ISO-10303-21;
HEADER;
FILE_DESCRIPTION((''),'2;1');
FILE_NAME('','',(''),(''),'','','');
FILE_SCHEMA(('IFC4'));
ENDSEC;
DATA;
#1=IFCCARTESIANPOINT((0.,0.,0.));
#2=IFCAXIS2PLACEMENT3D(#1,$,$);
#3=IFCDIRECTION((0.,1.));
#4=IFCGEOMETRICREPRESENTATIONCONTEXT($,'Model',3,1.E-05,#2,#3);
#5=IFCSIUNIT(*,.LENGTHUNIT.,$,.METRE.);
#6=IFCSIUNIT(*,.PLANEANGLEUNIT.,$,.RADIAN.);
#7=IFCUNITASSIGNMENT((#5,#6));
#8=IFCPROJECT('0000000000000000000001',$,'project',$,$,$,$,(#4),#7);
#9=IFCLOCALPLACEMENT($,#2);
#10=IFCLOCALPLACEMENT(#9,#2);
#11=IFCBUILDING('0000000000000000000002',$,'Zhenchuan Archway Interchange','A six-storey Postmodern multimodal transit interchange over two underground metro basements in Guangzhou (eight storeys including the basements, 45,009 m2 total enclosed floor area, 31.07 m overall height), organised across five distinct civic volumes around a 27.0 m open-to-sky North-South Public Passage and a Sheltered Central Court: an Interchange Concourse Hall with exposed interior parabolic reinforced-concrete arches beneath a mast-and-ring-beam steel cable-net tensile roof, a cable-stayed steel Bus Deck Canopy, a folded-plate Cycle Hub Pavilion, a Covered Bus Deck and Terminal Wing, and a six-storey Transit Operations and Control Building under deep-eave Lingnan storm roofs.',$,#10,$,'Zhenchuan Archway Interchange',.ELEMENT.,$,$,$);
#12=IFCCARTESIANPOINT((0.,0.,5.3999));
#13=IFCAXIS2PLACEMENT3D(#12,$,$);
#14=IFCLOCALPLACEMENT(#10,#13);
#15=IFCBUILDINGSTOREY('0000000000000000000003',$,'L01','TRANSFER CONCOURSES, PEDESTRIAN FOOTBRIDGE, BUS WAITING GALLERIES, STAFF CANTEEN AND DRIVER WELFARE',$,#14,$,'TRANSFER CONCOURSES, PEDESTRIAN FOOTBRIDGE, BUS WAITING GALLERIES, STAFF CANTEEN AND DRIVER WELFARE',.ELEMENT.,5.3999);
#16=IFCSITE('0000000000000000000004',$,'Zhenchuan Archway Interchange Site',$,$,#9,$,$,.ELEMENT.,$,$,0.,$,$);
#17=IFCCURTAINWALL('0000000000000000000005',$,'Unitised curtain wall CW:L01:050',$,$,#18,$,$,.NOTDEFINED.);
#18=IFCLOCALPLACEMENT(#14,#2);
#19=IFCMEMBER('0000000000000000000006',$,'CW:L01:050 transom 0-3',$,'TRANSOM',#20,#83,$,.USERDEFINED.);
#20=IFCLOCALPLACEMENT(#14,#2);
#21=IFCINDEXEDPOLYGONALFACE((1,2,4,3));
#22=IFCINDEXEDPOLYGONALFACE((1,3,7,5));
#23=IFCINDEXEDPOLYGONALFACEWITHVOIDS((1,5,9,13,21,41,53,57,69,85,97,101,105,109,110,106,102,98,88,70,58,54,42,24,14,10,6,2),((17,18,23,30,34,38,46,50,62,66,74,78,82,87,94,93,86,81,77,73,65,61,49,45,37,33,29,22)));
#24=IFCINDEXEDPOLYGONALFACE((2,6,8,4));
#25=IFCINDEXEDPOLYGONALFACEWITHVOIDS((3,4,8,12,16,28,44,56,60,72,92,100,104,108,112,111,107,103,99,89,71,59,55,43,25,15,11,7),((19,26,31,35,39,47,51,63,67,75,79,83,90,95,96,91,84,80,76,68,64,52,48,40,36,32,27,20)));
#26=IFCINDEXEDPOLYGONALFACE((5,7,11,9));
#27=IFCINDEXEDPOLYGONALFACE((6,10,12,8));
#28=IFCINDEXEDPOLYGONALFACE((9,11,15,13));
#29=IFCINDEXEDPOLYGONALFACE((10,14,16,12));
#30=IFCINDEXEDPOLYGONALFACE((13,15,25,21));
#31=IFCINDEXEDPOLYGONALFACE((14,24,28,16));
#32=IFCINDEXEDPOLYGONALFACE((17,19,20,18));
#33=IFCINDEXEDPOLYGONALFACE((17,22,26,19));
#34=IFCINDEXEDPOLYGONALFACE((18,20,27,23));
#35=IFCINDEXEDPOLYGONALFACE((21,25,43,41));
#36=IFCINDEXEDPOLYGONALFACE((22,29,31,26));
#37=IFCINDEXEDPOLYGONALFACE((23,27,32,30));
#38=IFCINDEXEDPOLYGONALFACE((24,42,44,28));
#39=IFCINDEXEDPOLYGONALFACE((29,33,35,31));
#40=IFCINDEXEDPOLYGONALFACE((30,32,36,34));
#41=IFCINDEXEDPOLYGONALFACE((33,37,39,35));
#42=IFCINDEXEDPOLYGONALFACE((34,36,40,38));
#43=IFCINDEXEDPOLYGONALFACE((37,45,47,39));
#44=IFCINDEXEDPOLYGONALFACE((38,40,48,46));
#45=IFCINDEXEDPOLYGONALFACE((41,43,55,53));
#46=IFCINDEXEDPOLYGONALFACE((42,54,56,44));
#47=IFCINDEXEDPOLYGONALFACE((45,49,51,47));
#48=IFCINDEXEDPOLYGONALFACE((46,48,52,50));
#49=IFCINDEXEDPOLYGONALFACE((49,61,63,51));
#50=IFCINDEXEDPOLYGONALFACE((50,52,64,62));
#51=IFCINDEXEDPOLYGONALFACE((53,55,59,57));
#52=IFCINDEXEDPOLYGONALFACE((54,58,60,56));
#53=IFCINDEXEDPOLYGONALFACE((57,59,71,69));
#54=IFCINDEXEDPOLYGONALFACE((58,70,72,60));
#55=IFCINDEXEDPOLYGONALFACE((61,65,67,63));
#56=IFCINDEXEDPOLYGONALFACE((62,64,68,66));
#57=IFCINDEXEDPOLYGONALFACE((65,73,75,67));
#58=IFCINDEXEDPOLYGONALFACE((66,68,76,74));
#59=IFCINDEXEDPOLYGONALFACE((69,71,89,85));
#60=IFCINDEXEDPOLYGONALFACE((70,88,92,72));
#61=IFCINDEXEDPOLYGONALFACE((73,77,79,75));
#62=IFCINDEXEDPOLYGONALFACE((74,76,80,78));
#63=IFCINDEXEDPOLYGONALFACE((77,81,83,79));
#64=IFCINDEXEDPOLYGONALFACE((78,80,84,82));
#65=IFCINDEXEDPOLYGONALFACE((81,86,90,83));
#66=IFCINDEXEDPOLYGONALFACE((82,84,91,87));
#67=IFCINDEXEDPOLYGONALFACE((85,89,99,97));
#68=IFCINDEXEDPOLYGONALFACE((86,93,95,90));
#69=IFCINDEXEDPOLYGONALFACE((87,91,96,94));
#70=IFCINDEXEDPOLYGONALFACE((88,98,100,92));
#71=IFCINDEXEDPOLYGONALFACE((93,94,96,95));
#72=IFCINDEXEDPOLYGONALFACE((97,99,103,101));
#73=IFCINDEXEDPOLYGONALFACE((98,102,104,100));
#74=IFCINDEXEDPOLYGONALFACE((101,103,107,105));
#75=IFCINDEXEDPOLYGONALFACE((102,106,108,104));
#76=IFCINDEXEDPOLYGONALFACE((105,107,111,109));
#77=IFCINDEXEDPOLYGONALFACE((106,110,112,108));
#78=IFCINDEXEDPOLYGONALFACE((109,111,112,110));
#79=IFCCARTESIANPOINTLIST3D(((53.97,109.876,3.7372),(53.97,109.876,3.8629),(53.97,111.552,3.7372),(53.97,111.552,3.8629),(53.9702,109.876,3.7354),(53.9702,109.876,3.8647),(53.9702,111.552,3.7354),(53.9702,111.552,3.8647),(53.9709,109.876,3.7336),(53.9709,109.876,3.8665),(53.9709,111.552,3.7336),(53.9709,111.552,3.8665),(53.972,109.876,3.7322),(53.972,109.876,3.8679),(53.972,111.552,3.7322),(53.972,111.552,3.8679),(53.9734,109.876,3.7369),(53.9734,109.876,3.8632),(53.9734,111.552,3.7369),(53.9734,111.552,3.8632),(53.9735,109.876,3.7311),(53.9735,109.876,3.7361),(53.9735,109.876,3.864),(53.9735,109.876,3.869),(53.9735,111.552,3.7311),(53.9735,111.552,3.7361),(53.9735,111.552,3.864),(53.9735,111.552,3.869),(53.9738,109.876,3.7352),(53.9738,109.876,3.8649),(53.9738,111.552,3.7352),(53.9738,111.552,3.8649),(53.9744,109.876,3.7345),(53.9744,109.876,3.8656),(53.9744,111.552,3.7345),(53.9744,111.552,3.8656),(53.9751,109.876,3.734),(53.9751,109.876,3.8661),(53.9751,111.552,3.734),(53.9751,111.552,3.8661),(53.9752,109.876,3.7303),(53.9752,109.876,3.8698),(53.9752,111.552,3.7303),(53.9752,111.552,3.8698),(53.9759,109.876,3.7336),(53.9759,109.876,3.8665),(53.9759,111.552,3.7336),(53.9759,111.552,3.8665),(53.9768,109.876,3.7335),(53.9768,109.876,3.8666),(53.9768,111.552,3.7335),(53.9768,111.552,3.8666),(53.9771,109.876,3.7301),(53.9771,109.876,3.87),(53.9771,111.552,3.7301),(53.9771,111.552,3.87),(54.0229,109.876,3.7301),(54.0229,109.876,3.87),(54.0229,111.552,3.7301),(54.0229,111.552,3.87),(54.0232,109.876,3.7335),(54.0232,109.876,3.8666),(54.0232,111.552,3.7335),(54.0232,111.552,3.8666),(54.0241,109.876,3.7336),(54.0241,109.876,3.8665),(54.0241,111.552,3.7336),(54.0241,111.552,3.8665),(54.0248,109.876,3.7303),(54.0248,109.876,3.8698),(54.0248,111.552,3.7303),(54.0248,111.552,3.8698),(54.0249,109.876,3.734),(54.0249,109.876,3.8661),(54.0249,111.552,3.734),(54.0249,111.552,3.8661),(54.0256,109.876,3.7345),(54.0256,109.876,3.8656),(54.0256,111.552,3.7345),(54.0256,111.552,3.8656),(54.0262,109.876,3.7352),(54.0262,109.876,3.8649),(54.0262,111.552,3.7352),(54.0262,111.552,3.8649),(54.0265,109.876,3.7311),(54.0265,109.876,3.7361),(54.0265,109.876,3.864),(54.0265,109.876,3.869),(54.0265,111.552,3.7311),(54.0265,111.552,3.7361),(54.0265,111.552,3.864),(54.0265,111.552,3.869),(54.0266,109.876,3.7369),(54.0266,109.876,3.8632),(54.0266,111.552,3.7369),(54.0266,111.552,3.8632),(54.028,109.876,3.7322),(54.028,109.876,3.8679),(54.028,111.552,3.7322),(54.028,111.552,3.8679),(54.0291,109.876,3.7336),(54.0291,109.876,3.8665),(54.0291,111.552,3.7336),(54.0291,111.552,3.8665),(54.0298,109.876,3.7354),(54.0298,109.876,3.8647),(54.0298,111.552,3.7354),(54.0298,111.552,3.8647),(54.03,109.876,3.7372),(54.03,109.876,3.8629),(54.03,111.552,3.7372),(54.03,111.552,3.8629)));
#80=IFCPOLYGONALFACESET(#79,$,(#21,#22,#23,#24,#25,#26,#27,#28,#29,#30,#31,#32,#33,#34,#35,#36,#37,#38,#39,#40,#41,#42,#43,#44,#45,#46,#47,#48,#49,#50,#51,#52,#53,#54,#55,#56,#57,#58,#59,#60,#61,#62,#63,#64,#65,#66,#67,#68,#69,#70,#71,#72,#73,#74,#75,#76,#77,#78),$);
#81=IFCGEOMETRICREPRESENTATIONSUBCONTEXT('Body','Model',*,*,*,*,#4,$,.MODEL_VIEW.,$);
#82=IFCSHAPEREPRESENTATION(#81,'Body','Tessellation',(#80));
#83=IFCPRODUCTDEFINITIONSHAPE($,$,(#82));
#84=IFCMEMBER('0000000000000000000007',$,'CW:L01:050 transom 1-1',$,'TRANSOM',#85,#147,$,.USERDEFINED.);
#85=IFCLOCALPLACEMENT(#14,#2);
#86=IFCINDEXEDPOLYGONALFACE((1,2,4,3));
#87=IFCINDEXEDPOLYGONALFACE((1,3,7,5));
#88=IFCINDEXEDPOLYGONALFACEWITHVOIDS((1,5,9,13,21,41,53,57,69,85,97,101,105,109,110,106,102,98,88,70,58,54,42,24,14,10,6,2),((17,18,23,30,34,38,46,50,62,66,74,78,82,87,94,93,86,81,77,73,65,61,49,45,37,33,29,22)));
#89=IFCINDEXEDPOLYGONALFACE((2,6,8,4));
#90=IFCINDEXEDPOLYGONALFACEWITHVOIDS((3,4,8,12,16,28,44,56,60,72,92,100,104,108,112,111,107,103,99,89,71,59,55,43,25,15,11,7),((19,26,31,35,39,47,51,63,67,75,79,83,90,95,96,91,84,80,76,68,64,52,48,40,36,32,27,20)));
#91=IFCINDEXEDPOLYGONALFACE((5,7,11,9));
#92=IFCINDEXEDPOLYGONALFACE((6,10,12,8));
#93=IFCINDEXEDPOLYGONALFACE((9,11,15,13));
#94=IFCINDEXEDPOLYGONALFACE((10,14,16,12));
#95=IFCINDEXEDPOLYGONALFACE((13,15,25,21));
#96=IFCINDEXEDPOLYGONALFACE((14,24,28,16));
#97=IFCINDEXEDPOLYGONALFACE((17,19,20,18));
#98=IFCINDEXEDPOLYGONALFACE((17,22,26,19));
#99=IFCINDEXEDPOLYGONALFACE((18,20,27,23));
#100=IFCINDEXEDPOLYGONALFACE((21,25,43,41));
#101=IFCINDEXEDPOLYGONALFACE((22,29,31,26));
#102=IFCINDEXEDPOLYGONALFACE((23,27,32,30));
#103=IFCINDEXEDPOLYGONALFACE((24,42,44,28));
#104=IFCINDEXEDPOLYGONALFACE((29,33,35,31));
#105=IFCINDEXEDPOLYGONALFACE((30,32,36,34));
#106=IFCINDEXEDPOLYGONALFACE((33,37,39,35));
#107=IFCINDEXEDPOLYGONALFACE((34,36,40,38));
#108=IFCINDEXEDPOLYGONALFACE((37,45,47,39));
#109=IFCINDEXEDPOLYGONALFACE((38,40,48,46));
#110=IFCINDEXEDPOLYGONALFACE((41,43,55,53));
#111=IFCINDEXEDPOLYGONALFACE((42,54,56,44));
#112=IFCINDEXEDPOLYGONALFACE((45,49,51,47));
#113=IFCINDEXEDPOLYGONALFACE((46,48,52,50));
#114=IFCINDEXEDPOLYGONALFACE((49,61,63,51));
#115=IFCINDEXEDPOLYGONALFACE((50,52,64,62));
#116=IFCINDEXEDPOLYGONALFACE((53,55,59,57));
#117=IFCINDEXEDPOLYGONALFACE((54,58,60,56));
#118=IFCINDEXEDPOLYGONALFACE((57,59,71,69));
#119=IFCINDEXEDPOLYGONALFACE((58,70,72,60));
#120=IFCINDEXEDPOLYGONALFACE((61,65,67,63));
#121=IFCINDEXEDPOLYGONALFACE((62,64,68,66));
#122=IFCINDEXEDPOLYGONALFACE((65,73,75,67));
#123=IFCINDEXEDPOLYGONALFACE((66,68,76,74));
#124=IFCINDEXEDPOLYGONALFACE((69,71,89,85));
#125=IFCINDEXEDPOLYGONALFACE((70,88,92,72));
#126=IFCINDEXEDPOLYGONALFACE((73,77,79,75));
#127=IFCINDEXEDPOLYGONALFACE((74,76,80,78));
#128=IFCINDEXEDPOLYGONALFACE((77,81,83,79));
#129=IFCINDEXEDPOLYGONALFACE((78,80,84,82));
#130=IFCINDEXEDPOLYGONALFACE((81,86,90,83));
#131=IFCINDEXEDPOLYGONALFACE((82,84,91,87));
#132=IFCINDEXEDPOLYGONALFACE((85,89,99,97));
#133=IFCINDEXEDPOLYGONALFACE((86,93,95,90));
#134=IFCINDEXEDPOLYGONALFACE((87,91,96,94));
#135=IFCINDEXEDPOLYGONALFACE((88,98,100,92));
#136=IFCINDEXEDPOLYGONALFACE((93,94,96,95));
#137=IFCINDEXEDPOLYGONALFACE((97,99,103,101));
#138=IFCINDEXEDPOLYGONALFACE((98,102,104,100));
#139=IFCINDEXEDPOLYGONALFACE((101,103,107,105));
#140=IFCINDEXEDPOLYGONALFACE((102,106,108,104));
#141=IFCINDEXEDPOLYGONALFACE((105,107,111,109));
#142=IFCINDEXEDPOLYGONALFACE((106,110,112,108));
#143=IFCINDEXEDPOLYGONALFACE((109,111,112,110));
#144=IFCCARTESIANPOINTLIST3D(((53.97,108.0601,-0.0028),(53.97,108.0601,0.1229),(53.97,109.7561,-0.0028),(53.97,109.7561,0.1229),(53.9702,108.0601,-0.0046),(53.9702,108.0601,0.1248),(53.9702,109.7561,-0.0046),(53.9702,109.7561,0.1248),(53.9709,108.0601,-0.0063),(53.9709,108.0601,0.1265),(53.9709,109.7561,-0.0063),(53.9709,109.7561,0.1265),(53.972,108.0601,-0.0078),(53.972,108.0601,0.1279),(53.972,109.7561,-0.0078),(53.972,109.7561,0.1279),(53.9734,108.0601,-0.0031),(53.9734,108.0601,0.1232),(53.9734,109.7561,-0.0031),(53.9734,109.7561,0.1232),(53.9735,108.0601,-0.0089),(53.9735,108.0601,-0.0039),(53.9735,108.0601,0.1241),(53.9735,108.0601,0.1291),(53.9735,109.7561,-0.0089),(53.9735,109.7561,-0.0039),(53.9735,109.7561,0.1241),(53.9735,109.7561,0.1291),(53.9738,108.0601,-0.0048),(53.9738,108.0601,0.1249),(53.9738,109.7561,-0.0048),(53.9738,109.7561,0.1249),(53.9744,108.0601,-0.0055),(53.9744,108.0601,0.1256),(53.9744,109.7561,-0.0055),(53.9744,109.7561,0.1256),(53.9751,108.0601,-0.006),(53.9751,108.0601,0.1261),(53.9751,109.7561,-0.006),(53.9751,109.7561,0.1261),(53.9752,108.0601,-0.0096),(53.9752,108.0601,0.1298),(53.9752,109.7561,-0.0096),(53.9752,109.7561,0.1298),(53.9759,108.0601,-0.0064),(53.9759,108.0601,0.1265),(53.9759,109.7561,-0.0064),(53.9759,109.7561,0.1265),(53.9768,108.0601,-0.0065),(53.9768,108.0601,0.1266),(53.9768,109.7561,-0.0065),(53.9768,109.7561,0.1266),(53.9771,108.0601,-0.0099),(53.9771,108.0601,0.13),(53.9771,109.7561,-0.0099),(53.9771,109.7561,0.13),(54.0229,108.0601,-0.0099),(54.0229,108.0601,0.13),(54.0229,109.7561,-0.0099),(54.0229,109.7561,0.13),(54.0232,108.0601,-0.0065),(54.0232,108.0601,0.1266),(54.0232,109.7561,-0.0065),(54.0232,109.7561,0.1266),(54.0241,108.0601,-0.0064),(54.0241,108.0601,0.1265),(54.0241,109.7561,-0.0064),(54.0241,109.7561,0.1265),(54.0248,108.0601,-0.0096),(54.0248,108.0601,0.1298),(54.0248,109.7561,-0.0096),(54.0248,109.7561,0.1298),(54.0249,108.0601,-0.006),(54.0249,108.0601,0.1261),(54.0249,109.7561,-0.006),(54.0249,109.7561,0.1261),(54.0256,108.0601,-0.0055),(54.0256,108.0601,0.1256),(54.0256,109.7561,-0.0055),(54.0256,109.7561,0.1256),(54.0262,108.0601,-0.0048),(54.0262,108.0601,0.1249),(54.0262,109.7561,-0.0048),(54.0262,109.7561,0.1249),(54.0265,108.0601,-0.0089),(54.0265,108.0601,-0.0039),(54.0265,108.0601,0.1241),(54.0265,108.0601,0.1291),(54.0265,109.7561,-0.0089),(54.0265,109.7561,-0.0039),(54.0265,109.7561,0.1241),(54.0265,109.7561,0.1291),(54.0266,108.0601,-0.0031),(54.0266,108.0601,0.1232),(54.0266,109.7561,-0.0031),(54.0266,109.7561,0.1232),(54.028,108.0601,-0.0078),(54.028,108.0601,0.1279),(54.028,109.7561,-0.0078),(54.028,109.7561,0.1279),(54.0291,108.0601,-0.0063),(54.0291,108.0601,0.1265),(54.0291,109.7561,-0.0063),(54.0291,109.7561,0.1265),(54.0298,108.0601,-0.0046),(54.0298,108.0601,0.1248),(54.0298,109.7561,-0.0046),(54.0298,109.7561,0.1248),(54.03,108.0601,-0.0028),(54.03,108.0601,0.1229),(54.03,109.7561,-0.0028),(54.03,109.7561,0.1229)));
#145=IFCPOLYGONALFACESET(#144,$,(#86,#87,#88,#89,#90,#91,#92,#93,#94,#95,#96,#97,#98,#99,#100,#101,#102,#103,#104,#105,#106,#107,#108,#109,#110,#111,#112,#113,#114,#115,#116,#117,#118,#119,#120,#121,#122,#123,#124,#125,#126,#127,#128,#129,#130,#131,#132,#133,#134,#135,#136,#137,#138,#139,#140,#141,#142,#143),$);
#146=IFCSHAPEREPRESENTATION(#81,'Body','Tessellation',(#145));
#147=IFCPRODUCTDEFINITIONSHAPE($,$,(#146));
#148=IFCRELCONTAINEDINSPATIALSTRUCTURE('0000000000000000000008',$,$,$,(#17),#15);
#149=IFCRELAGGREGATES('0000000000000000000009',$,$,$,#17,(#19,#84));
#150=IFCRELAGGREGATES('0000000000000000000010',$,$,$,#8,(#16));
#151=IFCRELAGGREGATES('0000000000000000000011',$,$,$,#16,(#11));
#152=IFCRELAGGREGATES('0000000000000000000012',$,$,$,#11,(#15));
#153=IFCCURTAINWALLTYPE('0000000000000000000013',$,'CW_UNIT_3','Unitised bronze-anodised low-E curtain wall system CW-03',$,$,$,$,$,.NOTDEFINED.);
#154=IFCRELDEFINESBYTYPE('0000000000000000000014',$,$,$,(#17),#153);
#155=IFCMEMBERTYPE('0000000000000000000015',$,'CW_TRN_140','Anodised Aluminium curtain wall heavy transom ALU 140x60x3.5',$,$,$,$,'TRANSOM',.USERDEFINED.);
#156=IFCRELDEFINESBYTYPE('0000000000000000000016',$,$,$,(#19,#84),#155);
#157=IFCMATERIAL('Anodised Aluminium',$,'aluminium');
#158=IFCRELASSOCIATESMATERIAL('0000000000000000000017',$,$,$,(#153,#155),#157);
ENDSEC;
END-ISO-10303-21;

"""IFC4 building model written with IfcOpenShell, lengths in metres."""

from ifc_helpers import new_model, si_unit, direction, frame, origin, origin_2d, place, context, subcontext, project, spatial, hollow_rectangle, extrude, material, material_profile, profile_set, type_object, element, aggregate, save


model = new_model("IFC4")

# Units and contexts
model_context = context("Model", 3, precision=1e-05, world=origin(), true_north=direction((0.0, 1.0)))
body_context = subcontext(model_context, "Body", "Model", "MODEL_VIEW")
ifc_project = project(units=[si_unit("LENGTHUNIT", "METRE"), si_unit("PLANEANGLEUNIT", "RADIAN")], contexts=[model_context])

# Site, building, storey
site_placement = place(None, origin())
site = spatial("IfcSite", under=ifc_project, at=site_placement, Name="Zhenchuan Archway Interchange Site", CompositionType="ELEMENT", RefElevation=0.0)
building_placement = place(site_placement, origin())
building = spatial("IfcBuilding", under=site, at=building_placement, Name="Zhenchuan Archway Interchange", Description="A six-storey Postmodern multimodal transit interchange over two underground metro basements in Guangzhou (eight storeys including the basements, 45,009 m2 total enclosed floor area, 31.07 m overall height), organised across five distinct civic volumes around a 27.0 m open-to-sky North-South Public Passage and a Sheltered Central Court: an Interchange Concourse Hall with exposed interior parabolic reinforced-concrete arches beneath a mast-and-ring-beam steel cable-net tensile roof, a cable-stayed steel Bus Deck Canopy, a folded-plate Cycle Hub Pavilion, a Covered Bus Deck and Terminal Wing, and a six-storey Transit Operations and Control Building under deep-eave Lingnan storm roofs.", LongName="Zhenchuan Archway Interchange", CompositionType="ELEMENT")
storey_placement = place(building_placement, frame((0.0, 0.0, 5.3999)))
storey = spatial("IfcBuildingStorey", under=building, at=storey_placement, Name="L01", Description="TRANSFER CONCOURSES, PEDESTRIAN FOOTBRIDGE, BUS WAITING GALLERIES, STAFF CANTEEN AND DRIVER WELFARE", LongName="TRANSFER CONCOURSES, PEDESTRIAN FOOTBRIDGE, BUS WAITING GALLERIES, STAFF CANTEEN AND DRIVER WELFARE", CompositionType="ELEMENT", Elevation=5.3999)

# Curtain wall
ifc_material_1 = material(Name="Anodised Aluminium", Category="aluminium")
curtain_wall_type_1 = type_object("IfcCurtainWallType", Name="CW_UNIT_3", Description="Unitised bronze-anodised low-E curtain wall system CW-03", PredefinedType="NOTDEFINED", material=ifc_material_1)
curtain_wall_1_placement = place(storey_placement, origin())
curtain_wall_1 = element("IfcCurtainWall", 1, at=curtain_wall_1_placement, inside=storey, type_object=curtain_wall_type_1, Name="Unitised curtain wall CW:L01:050", PredefinedType="NOTDEFINED")

# Members
ifc_material_profile_1 = material_profile(ifc_material_1, hollow_rectangle(XDim=0.0601, YDim=0.1399, WallThickness=0.0034, InnerFilletRadius=0.0034, OuterFilletRadius=0.0071, at=origin_2d()), Name="ALU 140x60x3.5")
ifc_profile_set_1 = profile_set([ifc_material_profile_1], Name="Anodised Aluminium")
member_type_1 = type_object("IfcMemberType", Name="CW_TRN_140", Description="Anodised Aluminium curtain wall heavy transom ALU 140x60x3.5", ElementType="TRANSOM", PredefinedType="USERDEFINED", material=ifc_profile_set_1)
member_1_placement = place(storey_placement, frame((54.0, 111.552, 3.8), z_axis=(0.0, -1.0, 0.0), x_axis=(1.0, 0.0, 0.0)))
member_1 = element("IfcMember", 2, at=member_1_placement, type_object=member_type_1, Name="CW:L01:050 transom 0-3", ObjectType="TRANSOM", PredefinedType="USERDEFINED", context=body_context, shape_type="SweptSolid", body=[
    extrude(hollow_rectangle(XDim=0.0601, YDim=0.1399, WallThickness=0.0034, InnerFilletRadius=0.0034, OuterFilletRadius=0.0071, at=origin_2d()), origin(), (0.0, 0.0, 1.0), 1.676),
])
member_2_placement = place(storey_placement, frame((54.0, 109.7561, 0.0601), z_axis=(0.0, -1.0, 0.0), x_axis=(1.0, 0.0, 0.0)))
member_2 = element("IfcMember", 3, at=member_2_placement, type_object=member_type_1, Name="CW:L01:050 transom 1-1", ObjectType="TRANSOM", PredefinedType="USERDEFINED", context=body_context, shape_type="SweptSolid", body=[
    extrude(hollow_rectangle(XDim=0.0601, YDim=0.1399, WallThickness=0.0034, InnerFilletRadius=0.0034, OuterFilletRadius=0.0071, at=origin_2d()), origin(), (0.0, 0.0, 1.0), 1.696),
])

aggregate(curtain_wall_1, [member_1, member_2])

save(model, "model.ifc")
